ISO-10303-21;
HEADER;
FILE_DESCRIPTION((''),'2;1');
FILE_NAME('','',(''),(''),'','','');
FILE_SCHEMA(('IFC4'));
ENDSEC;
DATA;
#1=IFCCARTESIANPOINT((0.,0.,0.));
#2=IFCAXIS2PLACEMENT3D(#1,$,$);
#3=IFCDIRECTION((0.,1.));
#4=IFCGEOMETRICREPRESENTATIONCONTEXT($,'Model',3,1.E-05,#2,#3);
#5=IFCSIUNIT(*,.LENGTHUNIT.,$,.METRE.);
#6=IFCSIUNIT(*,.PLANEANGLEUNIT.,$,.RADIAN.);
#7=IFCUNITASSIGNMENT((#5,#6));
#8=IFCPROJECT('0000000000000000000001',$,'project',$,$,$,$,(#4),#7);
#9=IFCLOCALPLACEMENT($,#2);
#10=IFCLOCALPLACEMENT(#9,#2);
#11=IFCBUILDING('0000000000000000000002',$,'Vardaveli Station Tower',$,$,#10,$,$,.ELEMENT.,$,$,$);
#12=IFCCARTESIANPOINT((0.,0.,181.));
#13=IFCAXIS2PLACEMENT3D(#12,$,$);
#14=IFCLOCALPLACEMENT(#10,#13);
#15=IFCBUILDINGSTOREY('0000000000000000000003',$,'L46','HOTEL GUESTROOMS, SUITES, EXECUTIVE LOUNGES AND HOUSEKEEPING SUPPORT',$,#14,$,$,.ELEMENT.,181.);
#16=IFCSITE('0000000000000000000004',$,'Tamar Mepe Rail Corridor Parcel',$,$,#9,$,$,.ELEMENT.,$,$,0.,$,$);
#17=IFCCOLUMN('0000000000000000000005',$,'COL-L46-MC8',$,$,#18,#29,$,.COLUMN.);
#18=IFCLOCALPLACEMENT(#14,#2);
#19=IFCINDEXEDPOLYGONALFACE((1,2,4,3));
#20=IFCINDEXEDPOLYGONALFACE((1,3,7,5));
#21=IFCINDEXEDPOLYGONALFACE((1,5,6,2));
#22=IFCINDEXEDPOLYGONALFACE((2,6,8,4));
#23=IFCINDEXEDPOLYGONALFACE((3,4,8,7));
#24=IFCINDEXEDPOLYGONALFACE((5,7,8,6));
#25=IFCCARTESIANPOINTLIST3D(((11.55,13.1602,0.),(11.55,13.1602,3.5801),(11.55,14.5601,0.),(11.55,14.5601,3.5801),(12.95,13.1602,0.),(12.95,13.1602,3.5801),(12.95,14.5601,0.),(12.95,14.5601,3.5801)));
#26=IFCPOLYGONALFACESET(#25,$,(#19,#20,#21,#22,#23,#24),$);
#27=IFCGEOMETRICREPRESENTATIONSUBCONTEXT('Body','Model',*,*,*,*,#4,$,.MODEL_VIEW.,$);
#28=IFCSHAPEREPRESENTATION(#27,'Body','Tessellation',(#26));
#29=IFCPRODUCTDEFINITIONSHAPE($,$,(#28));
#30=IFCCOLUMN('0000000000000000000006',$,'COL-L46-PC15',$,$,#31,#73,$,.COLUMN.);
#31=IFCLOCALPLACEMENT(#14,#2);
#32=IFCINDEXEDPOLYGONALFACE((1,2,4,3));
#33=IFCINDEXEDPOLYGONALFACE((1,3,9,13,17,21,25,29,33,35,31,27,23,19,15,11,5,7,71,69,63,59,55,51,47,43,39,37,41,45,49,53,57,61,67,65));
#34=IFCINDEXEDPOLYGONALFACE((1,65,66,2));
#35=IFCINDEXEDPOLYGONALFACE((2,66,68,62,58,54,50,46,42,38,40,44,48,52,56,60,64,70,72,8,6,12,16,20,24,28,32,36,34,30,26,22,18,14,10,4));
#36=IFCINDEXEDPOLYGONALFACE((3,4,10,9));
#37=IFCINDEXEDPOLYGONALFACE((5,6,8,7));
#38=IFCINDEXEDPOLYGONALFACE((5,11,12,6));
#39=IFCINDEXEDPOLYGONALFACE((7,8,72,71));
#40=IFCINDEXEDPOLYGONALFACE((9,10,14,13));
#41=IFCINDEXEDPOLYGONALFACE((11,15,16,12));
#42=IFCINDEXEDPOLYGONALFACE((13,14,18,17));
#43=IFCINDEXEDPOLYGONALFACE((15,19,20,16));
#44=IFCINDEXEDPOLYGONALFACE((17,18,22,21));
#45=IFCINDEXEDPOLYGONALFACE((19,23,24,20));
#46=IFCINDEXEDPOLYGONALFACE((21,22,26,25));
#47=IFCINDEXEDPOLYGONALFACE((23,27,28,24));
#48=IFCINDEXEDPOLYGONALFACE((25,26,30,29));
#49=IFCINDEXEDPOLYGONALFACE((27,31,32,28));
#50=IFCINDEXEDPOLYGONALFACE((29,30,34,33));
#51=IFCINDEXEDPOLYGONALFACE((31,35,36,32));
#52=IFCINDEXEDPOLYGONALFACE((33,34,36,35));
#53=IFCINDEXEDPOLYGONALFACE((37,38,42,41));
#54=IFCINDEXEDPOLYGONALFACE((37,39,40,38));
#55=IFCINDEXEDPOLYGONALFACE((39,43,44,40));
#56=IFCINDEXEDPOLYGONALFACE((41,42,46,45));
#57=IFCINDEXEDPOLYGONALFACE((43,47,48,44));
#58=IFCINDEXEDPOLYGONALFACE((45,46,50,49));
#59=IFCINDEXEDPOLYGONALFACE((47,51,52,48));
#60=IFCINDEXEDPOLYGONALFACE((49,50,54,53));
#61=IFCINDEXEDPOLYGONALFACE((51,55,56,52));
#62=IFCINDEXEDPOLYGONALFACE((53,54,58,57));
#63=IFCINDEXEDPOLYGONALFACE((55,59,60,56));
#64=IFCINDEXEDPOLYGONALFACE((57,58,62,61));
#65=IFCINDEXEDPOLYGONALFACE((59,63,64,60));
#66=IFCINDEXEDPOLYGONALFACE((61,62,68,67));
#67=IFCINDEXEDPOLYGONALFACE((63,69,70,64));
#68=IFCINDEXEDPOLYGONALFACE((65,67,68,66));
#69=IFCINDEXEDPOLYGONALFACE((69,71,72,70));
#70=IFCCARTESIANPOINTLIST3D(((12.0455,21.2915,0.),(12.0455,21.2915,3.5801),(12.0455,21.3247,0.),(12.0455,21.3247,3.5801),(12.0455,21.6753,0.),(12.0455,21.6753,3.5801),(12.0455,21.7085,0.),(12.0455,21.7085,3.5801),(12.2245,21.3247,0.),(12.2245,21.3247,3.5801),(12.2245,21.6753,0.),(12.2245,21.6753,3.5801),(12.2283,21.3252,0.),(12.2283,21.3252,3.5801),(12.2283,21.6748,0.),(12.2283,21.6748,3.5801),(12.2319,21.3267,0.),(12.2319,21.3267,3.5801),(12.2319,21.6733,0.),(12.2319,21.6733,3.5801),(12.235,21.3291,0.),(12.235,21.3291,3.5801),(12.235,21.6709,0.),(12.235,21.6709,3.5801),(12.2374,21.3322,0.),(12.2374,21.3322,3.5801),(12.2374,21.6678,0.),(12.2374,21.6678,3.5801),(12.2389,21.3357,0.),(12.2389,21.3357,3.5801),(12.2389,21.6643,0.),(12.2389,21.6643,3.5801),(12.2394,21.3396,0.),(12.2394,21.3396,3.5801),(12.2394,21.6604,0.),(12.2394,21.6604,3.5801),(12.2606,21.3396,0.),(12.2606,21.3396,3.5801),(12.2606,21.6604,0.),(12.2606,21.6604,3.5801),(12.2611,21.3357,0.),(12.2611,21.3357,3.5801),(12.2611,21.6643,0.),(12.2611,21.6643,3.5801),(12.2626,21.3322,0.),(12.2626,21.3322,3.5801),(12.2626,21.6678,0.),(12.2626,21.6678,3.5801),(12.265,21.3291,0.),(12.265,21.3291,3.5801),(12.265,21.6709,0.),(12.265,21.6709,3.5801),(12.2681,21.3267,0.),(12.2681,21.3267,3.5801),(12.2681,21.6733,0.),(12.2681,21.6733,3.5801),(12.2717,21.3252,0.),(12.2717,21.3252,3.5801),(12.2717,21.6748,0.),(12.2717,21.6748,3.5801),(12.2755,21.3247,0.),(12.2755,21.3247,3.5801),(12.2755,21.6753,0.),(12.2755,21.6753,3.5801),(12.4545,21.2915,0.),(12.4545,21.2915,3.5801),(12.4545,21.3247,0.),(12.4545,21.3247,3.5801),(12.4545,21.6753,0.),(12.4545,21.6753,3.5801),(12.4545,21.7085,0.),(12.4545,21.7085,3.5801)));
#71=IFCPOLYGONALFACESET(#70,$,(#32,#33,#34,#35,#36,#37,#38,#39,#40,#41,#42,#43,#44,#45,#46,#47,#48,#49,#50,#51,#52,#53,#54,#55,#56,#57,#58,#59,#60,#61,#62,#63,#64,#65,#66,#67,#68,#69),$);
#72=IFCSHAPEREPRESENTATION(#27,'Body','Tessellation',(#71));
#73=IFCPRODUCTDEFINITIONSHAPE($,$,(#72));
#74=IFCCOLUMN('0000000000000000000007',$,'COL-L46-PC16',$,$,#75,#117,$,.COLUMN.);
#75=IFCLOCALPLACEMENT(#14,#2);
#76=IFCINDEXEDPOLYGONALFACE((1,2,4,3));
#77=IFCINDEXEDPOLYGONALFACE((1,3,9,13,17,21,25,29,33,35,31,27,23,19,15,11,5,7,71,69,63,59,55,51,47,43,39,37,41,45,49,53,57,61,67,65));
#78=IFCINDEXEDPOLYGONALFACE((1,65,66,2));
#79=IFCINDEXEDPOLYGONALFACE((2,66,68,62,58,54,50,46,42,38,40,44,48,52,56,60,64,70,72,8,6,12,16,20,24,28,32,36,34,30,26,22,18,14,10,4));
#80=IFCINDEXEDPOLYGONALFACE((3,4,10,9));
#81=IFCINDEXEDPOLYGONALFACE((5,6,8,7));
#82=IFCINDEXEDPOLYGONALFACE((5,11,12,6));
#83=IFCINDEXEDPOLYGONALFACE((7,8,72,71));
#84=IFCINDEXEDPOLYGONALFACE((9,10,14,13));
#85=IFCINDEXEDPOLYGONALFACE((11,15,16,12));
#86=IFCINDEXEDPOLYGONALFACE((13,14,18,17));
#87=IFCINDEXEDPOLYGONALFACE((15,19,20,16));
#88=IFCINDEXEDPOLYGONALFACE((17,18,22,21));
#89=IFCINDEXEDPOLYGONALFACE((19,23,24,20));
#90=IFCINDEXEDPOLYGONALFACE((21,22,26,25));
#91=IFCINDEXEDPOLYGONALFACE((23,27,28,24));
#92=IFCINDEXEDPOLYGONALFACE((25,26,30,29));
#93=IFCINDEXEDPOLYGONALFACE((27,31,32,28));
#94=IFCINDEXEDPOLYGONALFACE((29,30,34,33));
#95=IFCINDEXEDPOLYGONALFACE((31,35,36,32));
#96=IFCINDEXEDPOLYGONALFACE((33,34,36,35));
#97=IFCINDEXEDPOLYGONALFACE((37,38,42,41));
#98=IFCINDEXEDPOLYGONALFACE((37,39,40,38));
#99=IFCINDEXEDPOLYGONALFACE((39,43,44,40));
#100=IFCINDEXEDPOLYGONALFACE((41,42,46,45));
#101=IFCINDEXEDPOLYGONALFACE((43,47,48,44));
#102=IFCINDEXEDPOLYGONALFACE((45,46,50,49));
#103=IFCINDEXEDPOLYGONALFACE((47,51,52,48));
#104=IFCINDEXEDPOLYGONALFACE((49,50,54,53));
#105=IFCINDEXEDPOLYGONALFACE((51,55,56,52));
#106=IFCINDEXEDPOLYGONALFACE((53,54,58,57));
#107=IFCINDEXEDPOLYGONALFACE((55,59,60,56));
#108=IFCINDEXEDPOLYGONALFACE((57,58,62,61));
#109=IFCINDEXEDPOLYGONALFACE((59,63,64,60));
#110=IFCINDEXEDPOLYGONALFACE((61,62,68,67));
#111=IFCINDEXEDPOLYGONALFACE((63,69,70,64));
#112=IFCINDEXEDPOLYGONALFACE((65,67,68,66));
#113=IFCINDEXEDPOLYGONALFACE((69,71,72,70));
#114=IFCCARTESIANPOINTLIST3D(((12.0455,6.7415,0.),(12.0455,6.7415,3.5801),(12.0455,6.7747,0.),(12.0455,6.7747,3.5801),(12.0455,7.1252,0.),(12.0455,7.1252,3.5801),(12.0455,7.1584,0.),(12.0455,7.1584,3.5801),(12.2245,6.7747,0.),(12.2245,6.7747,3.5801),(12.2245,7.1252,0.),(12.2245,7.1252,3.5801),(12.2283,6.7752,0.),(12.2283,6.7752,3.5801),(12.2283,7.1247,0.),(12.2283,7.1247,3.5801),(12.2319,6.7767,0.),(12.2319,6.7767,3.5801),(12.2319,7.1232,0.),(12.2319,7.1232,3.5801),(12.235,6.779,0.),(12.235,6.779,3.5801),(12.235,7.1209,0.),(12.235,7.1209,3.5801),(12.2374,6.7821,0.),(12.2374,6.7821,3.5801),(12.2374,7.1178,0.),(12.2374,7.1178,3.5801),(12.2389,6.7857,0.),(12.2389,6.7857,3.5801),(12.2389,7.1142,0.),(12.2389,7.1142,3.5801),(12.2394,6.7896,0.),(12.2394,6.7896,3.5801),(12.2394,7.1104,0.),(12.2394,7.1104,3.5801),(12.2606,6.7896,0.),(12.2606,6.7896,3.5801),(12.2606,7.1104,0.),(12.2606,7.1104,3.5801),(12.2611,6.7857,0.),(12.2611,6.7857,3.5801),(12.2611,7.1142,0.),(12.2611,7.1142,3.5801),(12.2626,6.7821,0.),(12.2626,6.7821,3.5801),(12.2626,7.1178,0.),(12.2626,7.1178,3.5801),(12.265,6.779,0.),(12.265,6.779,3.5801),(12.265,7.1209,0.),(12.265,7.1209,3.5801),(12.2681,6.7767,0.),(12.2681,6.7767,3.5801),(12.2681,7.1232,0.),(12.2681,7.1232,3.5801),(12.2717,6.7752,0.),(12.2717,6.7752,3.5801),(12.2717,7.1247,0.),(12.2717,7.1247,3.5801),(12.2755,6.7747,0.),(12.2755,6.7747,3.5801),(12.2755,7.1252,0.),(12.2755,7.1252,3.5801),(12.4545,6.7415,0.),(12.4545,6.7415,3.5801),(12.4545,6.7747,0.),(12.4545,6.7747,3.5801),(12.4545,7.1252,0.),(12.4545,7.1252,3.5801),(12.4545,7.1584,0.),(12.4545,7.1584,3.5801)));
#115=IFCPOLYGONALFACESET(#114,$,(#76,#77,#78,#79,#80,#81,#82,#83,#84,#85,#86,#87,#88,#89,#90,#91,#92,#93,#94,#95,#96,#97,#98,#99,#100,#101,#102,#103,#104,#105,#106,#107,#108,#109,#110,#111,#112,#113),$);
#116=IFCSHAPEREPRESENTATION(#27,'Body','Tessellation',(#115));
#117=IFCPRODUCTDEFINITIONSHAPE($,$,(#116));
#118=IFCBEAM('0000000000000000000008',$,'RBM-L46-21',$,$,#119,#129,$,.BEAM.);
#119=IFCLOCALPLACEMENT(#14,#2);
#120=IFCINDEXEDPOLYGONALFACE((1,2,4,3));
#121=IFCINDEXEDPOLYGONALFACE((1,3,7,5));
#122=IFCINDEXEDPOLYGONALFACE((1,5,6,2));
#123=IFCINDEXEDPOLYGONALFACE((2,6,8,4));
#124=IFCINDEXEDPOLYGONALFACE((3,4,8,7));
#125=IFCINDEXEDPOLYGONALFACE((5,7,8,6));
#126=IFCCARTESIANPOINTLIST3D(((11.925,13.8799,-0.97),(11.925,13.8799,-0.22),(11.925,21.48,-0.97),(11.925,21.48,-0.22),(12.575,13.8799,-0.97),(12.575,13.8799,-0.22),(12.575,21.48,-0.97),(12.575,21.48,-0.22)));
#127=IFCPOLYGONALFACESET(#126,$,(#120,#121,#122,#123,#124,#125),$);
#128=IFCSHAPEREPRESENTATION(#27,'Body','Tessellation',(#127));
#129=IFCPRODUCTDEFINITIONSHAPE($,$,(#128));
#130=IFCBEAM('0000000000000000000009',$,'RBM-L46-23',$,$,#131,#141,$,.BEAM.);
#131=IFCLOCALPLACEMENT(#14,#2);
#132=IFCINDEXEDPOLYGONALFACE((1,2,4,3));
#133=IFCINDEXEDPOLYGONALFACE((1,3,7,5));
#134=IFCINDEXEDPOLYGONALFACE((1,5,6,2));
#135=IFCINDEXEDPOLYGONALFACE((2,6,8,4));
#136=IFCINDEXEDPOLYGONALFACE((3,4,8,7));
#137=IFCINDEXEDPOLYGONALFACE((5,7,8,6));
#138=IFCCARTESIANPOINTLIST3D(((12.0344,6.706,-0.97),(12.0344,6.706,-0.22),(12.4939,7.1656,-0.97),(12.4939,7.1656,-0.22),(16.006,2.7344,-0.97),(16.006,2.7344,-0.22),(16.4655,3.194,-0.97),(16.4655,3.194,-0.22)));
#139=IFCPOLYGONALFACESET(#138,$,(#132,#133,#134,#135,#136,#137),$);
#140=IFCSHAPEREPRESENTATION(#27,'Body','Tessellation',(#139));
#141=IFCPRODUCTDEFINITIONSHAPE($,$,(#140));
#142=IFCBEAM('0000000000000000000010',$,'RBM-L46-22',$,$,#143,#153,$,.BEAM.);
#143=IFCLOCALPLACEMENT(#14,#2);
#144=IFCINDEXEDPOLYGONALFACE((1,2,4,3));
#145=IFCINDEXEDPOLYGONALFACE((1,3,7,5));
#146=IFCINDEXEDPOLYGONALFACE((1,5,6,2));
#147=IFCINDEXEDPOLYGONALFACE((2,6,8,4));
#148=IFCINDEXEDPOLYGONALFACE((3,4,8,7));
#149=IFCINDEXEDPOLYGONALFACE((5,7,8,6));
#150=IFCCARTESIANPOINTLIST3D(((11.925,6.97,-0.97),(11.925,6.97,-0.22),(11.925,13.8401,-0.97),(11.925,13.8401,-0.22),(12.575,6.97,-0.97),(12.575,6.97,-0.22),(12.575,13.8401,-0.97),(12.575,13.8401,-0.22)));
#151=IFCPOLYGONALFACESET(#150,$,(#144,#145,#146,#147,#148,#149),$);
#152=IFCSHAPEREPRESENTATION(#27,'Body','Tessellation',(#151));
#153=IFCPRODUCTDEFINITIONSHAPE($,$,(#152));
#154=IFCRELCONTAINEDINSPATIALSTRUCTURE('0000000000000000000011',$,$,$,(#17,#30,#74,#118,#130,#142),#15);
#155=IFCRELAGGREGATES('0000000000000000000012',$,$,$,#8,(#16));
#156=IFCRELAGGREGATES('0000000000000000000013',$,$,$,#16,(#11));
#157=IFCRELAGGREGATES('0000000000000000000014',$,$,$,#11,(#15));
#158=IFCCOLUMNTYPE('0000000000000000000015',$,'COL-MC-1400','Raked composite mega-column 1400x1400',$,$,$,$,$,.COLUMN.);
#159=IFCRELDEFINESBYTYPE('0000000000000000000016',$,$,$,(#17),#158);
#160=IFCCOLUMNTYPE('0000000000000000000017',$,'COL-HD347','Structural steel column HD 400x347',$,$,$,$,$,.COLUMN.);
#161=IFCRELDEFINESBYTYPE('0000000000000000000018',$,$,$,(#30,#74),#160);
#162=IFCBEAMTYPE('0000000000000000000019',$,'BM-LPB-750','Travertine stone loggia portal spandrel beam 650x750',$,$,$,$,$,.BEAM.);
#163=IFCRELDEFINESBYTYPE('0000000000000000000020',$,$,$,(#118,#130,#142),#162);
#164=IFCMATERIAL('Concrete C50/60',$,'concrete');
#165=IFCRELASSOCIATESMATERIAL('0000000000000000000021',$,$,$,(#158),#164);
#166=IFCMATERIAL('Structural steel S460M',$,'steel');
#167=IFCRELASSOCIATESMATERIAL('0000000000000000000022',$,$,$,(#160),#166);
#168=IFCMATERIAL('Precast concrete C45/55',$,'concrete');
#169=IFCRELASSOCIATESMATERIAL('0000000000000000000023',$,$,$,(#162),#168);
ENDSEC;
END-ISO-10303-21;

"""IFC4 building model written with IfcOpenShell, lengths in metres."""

from ifc_helpers import new_model, si_unit, direction, frame, origin, origin_2d, place, context, subcontext, project, spatial, rectangle, i_section, extrude, source, transform, mapped, material, material_profile, profile_set, type_object, element, save


model = new_model("IFC4")

# Units and contexts
model_context = context("Model", 3, precision=1e-05, world=origin(), true_north=direction((0.0, 1.0)))
body_context = subcontext(model_context, "Body", "Model", "MODEL_VIEW")
ifc_project = project(units=[si_unit("LENGTHUNIT", "METRE"), si_unit("PLANEANGLEUNIT", "RADIAN")], contexts=[model_context])

# Site, building, storey
site_placement = place(None, origin())
site = spatial("IfcSite", under=ifc_project, at=site_placement, Name="Tamar Mepe Rail Corridor Parcel", CompositionType="ELEMENT", RefElevation=0.0)
building_placement = place(site_placement, origin())
building = spatial("IfcBuilding", under=site, at=building_placement, Name="Vardaveli Station Tower", CompositionType="ELEMENT")
storey_placement = place(building_placement, frame((0.0, 0.0, 181.0)))
storey = spatial("IfcBuildingStorey", under=building, at=storey_placement, Name="L46", Description="HOTEL GUESTROOMS, SUITES, EXECUTIVE LOUNGES AND HOUSEKEEPING SUPPORT", CompositionType="ELEMENT", Elevation=181.0)

# Columns
ifc_material_1 = material(Name="Concrete C50/60", Category="concrete")
ifc_material_profile_1 = material_profile(ifc_material_1, rectangle(XDim=1.3999, YDim=1.3999, at=origin_2d()), Name="MC 1400x1400")
ifc_profile_set_1 = profile_set([ifc_material_profile_1], Name="Concrete C50/60")
column_type_1 = type_object("IfcColumnType", Name="COL-MC-1400", Description="Raked composite mega-column 1400x1400", PredefinedType="COLUMN", material=ifc_profile_set_1)
shared_shape_1 = source(origin(), body_context, "Body", "SweptSolid", [
    extrude(rectangle(XDim=1.3999, YDim=1.3999, at=origin_2d()), origin(), (0.0, 0.0, 1.0), 3.5801),
])
column_placement = place(storey_placement, frame((12.25, 13.8601, 0.0), z_axis=(0.0, 0.0, 1.0), x_axis=(1.0, 0.0, 0.0)))
element("IfcColumn", 1, at=column_placement, inside=storey, type_object=column_type_1, Name="COL-L46-MC8", PredefinedType="COLUMN", context=body_context, shape_type="MappedRepresentation", body=[
    mapped(shared_shape_1, transform((0.0, 0.0, 0.0), scale=1.0)),
])
ifc_material_2 = material(Name="Structural steel S460M", Category="steel")
ifc_material_profile_2 = material_profile(ifc_material_2, i_section(OverallWidth=0.4089, OverallDepth=0.417, WebThickness=0.0212, FlangeThickness=0.0332, FilletRadius=0.0149, at=origin_2d()), Name="HD 400x347")
ifc_profile_set_2 = profile_set([ifc_material_profile_2], Name="Structural steel S460M")
column_type_2 = type_object("IfcColumnType", Name="COL-HD347", Description="Structural steel column HD 400x347", PredefinedType="COLUMN", material=ifc_profile_set_2)
shared_shape_2 = source(origin(), body_context, "Body", "SweptSolid", [
    extrude(i_section(OverallWidth=0.4089, OverallDepth=0.417, WebThickness=0.0212, FlangeThickness=0.0332, FilletRadius=0.0149, at=origin_2d()), origin(), (0.0, 0.0, 1.0), 3.5801),
])
for number, where, z_axis, x_axis, name in (
    (2, (12.25, 21.5, 0.0), (0.0, 0.0, 1.0), (1.0, 0.0, 0.0), "COL-L46-PC15"),
    (3, (12.25, 6.95, 0.0), (0.0, 0.0, 1.0), (1.0, 0.0, 0.0), "COL-L46-PC16"),
):
    element("IfcColumn", number, at=place(storey_placement, frame(where, z_axis=z_axis, x_axis=x_axis)), inside=storey, type_object=column_type_2, Name=name, PredefinedType="COLUMN", context=body_context, shape_type="MappedRepresentation", body=[
        mapped(shared_shape_2, transform((0.0, 0.0, 0.0), scale=1.0)),
    ])

# Beams
ifc_material_3 = material(Name="Precast concrete C45/55", Category="concrete")
ifc_material_profile_3 = material_profile(ifc_material_3, rectangle(XDim=0.6499, YDim=0.75, at=origin_2d()), Name="LPB 650x750")
ifc_profile_set_3 = profile_set([ifc_material_profile_3], Name="Precast concrete C45/55")
beam_type_1 = type_object("IfcBeamType", Name="BM-LPB-750", Description="Travertine stone loggia portal spandrel beam 650x750", PredefinedType="BEAM", material=ifc_profile_set_3)
shared_shape_3 = source(origin(), body_context, "Body", "SweptSolid", [
    extrude(rectangle(XDim=0.6499, YDim=0.75, at=origin_2d()), origin(), (0.0, 0.0, 1.0), 7.6001),
])
beam_1_placement = place(storey_placement, frame((12.25, 21.48, -0.595), z_axis=(0.0, -1.0, 0.0), x_axis=(1.0, 0.0, 0.0)))
element("IfcBeam", 4, at=beam_1_placement, inside=storey, type_object=beam_type_1, Name="RBM-L46-21", PredefinedType="BEAM", context=body_context, shape_type="MappedRepresentation", body=[
    mapped(shared_shape_3, transform((0.0, 0.0, 0.0), scale=1.0)),
])
shared_shape_4 = source(origin(), body_context, "Body", "SweptSolid", [
    extrude(rectangle(XDim=0.6499, YDim=0.75, at=origin_2d()), origin(), (0.0, 0.0, 1.0), 5.6167),
])
beam_2_placement = place(storey_placement, frame((12.2642, 6.9358, -0.595), z_axis=(0.707107, -0.707107, 0.0), x_axis=(0.707107, 0.707107, 0.0)))
element("IfcBeam", 5, at=beam_2_placement, inside=storey, type_object=beam_type_1, Name="RBM-L46-23", PredefinedType="BEAM", context=body_context, shape_type="MappedRepresentation", body=[
    mapped(shared_shape_4, transform((0.0, 0.0, 0.0), scale=1.0)),
])
shared_shape_5 = source(origin(), body_context, "Body", "SweptSolid", [
    extrude(rectangle(XDim=0.6499, YDim=0.75, at=origin_2d()), origin(), (0.0, 0.0, 1.0), 6.8701),
])
beam_3_placement = place(storey_placement, frame((12.25, 13.8401, -0.595), z_axis=(0.0, -1.0, 0.0), x_axis=(1.0, 0.0, 0.0)))
element("IfcBeam", 6, at=beam_3_placement, inside=storey, type_object=beam_type_1, Name="RBM-L46-22", PredefinedType="BEAM", context=body_context, shape_type="MappedRepresentation", body=[
    mapped(shared_shape_5, transform((0.0, 0.0, 0.0), scale=1.0)),
])

save(model, "model.ifc")
